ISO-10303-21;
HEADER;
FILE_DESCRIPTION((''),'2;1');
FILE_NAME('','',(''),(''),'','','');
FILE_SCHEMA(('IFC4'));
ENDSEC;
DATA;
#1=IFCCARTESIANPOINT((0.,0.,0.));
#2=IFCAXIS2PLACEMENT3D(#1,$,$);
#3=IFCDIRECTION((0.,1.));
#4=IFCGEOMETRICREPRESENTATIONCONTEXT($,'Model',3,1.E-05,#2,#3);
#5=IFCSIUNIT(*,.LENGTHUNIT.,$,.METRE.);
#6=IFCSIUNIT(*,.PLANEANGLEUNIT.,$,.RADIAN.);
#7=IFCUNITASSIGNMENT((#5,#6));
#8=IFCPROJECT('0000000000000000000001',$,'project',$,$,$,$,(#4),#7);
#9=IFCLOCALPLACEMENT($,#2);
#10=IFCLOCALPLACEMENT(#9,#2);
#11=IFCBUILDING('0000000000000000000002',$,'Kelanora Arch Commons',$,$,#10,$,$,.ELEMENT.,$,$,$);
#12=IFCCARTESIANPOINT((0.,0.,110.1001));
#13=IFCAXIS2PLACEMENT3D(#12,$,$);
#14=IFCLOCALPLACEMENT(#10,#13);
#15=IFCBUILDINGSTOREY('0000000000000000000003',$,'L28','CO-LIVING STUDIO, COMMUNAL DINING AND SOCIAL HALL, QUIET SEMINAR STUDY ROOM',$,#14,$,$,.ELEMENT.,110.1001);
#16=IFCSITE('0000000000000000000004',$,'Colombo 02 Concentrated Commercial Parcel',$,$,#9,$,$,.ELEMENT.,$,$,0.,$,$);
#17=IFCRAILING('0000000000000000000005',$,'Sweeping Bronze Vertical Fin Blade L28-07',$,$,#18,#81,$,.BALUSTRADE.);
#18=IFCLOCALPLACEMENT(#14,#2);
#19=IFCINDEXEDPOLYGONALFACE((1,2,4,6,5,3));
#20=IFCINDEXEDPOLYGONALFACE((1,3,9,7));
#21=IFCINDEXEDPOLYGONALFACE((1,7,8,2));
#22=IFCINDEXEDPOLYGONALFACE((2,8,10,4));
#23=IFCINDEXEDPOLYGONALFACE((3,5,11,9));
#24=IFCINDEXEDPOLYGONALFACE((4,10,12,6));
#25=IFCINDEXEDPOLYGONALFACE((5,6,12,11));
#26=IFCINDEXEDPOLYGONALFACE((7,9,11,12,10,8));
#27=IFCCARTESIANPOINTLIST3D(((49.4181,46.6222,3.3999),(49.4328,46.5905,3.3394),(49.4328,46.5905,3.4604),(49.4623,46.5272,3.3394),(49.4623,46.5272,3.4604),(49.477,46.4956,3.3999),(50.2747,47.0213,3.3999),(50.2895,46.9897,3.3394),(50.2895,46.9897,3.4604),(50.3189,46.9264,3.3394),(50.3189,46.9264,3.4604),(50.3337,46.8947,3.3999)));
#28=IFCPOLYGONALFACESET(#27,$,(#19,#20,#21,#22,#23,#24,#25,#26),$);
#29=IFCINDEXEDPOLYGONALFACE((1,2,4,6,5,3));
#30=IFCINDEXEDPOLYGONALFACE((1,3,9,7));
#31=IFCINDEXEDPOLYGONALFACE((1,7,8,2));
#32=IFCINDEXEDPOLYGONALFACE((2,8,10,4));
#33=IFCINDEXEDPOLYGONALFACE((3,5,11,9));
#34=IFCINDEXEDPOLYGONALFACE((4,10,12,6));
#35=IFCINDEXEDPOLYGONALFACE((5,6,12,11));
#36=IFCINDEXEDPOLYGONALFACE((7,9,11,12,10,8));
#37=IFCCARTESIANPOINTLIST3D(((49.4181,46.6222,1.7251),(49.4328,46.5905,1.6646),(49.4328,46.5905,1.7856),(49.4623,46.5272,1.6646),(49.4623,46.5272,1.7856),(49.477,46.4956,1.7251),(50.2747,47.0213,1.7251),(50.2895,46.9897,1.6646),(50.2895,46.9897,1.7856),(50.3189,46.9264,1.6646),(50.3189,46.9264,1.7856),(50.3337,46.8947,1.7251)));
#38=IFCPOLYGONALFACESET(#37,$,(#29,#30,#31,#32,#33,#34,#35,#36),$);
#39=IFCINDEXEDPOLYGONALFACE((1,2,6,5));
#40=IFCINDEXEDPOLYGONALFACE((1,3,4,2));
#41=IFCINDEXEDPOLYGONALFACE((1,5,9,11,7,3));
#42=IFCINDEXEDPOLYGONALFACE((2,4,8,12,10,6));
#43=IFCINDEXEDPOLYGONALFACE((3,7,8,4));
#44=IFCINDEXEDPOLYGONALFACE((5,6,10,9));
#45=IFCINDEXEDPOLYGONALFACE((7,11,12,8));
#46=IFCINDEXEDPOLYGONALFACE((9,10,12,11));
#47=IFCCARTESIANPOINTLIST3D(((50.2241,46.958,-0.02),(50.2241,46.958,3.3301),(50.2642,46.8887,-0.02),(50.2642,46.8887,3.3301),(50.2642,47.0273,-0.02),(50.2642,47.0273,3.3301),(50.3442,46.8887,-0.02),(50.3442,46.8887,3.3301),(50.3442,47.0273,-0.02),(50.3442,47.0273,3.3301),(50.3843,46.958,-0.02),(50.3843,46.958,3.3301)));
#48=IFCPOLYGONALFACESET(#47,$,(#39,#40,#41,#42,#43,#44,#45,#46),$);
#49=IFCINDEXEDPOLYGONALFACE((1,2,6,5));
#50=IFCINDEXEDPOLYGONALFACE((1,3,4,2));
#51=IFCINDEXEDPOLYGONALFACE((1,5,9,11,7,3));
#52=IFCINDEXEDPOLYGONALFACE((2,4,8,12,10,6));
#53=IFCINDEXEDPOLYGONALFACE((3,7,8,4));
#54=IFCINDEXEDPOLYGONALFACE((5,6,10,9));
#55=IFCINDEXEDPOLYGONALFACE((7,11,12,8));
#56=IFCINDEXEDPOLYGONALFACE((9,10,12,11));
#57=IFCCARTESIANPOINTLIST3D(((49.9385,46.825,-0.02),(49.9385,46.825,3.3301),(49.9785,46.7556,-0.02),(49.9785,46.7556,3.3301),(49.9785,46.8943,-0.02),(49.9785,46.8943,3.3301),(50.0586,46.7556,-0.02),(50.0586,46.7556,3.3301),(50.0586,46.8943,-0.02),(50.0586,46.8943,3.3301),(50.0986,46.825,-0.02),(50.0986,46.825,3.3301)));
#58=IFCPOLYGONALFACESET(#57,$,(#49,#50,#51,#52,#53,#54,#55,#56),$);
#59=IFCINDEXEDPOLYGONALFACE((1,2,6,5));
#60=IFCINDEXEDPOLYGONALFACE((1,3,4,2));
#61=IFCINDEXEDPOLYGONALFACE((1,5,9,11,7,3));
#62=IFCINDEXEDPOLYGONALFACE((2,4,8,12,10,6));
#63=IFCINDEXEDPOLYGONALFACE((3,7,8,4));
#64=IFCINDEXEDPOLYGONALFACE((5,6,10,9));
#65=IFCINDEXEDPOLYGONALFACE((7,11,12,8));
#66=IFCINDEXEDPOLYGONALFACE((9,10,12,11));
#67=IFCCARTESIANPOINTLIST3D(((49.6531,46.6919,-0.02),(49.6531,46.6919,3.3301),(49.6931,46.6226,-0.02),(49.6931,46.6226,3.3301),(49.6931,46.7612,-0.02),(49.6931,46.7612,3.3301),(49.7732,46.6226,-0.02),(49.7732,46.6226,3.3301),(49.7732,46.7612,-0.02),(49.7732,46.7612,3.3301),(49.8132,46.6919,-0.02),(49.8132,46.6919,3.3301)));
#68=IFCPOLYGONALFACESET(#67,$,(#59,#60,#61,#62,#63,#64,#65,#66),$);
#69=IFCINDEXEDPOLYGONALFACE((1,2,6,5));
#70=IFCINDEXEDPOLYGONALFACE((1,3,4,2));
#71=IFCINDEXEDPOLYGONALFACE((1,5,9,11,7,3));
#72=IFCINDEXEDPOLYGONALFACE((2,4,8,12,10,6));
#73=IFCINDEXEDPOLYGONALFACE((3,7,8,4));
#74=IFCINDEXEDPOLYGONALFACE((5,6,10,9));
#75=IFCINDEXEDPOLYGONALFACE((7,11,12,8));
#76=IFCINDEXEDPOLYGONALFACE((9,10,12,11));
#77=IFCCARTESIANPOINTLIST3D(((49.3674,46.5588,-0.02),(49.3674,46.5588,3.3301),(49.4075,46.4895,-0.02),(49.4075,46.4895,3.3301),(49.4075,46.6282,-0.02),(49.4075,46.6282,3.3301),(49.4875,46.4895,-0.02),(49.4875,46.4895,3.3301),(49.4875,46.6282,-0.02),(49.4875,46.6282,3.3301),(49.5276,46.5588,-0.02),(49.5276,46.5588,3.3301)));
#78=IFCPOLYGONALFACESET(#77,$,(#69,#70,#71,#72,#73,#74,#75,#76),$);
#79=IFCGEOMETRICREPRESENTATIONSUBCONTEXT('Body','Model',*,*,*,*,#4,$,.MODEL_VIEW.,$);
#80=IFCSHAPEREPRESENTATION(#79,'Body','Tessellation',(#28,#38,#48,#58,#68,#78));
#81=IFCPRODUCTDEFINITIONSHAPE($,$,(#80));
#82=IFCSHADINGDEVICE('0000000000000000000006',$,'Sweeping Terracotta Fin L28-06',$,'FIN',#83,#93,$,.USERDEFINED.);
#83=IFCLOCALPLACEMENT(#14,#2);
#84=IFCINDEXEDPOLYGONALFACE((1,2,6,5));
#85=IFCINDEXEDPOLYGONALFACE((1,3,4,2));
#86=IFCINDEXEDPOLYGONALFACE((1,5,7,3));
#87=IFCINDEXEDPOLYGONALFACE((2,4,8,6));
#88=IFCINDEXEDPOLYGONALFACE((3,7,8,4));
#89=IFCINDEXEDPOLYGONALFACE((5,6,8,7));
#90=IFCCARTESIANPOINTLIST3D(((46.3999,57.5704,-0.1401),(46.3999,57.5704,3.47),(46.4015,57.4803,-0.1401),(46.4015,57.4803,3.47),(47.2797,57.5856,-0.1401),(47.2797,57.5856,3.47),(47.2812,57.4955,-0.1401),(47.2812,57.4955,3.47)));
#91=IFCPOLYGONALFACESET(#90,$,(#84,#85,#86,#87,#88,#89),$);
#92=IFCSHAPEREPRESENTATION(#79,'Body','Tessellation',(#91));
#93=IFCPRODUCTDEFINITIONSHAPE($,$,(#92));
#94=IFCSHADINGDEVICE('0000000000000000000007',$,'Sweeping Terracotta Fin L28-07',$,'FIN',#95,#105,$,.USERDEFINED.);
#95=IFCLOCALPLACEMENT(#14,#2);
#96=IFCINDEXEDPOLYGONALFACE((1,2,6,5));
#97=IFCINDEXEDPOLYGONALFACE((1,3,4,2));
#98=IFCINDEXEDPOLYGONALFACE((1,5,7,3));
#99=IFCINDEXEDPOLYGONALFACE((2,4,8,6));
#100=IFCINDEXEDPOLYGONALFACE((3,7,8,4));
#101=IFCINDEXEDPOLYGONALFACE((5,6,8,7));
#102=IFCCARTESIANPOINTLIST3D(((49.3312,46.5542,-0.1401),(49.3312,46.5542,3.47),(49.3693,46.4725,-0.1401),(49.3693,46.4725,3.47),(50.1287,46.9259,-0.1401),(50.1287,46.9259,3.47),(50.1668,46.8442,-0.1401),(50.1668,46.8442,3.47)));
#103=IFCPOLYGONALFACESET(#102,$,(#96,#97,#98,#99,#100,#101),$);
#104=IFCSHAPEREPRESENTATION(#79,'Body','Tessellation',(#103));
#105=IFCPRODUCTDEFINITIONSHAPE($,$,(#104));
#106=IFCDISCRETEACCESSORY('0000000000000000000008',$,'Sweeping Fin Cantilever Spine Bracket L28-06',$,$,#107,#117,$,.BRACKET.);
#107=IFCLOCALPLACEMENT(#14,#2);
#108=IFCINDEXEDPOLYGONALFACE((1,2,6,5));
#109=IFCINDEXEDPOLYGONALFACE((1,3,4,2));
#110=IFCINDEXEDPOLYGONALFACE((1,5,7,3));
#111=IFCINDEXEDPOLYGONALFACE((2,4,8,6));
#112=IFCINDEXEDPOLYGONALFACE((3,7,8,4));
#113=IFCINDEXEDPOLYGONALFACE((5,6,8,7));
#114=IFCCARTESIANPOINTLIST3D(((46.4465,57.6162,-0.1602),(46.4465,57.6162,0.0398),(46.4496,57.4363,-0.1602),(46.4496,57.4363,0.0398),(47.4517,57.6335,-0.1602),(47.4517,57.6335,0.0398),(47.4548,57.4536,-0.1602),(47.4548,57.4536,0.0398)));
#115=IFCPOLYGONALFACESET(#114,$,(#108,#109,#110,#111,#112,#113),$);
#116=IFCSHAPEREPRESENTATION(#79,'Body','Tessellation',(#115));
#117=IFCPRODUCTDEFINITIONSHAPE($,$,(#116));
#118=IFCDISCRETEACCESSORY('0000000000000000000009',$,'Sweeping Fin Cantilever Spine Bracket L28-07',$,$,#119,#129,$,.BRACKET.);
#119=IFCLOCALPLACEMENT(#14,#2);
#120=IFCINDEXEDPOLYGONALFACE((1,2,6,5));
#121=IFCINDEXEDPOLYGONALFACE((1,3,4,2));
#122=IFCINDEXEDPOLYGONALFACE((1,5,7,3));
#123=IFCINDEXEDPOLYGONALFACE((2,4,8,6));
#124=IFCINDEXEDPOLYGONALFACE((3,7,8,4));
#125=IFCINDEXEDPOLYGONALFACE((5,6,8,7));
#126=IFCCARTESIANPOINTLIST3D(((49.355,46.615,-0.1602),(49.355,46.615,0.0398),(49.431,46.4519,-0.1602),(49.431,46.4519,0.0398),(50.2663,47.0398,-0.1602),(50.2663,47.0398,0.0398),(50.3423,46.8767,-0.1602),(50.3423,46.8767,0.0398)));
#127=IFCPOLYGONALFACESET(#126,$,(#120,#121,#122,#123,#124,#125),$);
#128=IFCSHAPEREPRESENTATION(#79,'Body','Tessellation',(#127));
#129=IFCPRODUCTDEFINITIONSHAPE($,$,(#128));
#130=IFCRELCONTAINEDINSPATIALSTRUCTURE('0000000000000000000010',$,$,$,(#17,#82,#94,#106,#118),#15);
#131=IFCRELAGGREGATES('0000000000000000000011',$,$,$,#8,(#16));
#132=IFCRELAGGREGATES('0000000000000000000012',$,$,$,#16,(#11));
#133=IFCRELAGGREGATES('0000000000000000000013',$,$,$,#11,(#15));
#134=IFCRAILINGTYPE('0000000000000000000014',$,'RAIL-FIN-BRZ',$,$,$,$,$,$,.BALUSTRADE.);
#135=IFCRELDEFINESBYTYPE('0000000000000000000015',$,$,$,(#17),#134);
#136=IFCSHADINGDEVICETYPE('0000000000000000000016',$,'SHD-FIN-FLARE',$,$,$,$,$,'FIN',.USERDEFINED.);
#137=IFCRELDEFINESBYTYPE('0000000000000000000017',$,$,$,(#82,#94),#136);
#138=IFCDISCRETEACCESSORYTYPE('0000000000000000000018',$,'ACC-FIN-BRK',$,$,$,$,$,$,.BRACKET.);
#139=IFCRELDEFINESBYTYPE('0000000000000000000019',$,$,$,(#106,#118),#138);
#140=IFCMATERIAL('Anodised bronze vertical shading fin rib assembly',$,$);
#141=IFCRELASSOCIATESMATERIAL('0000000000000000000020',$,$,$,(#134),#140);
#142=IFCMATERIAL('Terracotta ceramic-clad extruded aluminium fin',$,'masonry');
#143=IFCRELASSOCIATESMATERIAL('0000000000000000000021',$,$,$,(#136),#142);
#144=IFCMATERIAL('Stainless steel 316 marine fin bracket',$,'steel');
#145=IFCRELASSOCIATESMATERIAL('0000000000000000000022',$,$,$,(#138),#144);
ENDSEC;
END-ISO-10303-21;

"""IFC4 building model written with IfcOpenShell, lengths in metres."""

from ifc_helpers import new_model, si_unit, direction, frame, origin, origin_2d, place, context, subcontext, project, spatial, polyline, rectangle, outline, extrude, source, transform, mapped, material, type_object, element, save


model = new_model("IFC4")

# Units and contexts
model_context = context("Model", 3, precision=1e-05, world=origin(), true_north=direction((0.0, 1.0)))
body_context = subcontext(model_context, "Body", "Model", "MODEL_VIEW")
ifc_project = project(units=[si_unit("LENGTHUNIT", "METRE"), si_unit("PLANEANGLEUNIT", "RADIAN")], contexts=[model_context])

# Site, building, storey
site_placement = place(None, origin())
site = spatial("IfcSite", under=ifc_project, at=site_placement, Name="Colombo 02 Concentrated Commercial Parcel", CompositionType="ELEMENT", RefElevation=0.0)
building_placement = place(site_placement, origin())
building = spatial("IfcBuilding", under=site, at=building_placement, Name="Kelanora Arch Commons", CompositionType="ELEMENT")
storey_placement = place(building_placement, frame((0.0, 0.0, 110.1001)))
storey = spatial("IfcBuildingStorey", under=building, at=storey_placement, Name="L28", Description="CO-LIVING STUDIO, COMMUNAL DINING AND SOCIAL HALL, QUIET SEMINAR STUDY ROOM", CompositionType="ELEMENT", Elevation=110.1001)

# Railing
ifc_material_1 = material(Name="Anodised bronze vertical shading fin rib assembly")
railing_type = type_object("IfcRailingType", Name="RAIL-FIN-BRZ", PredefinedType="BALUSTRADE", material=ifc_material_1)
railing_1_placement = place(storey_placement, frame((50.3042, 46.958, -0.02)))
element("IfcRailing", 1, at=railing_1_placement, inside=storey, type_object=railing_type, Name="Sweeping Bronze Vertical Fin Blade L28-07", PredefinedType="BALUSTRADE", context=body_context, shape_type="SweptSolid", body=[
    extrude(outline(polyline([(0.0698, 0.0), (0.0349, 0.0605), (-0.0349, 0.0605), (-0.0698, 0.0), (-0.0349, -0.0605), (0.0349, -0.0605), (0.0698, 0.0)])), frame((0.0, 0.0, 3.4199), z_axis=(-0.906434, -0.422348, 0.0), x_axis=(0.422348, -0.906434, 0.0)), (0.0, 0.0, 1.0), 0.9451),
    extrude(outline(polyline([(0.0698, 0.0), (0.0349, 0.0605), (-0.0349, 0.0605), (-0.0698, 0.0), (-0.0349, -0.0605), (0.0349, -0.0605), (0.0698, 0.0)])), frame((0.0, 0.0, 1.7451), z_axis=(-0.906434, -0.422348, 0.0), x_axis=(0.422348, -0.906434, 0.0)), (0.0, 0.0, 1.0), 0.9451),
    extrude(outline(polyline([(0.0801, 0.0), (0.04, 0.0693), (-0.04, 0.0693), (-0.0801, 0.0), (-0.04, -0.0693), (0.04, -0.0693), (0.0801, 0.0)])), origin(), (0.0, 0.0, 1.0), 3.3501),
    extrude(outline(polyline([(0.0801, 0.0), (0.04, 0.0693), (-0.04, 0.0693), (-0.0801, 0.0), (-0.04, -0.0693), (0.04, -0.0693), (0.0801, 0.0)])), frame((-0.2856, -0.1331, 0.0)), (0.0, 0.0, 1.0), 3.3501),
    extrude(outline(polyline([(0.0801, 0.0), (0.04, 0.0693), (-0.04, 0.0693), (-0.0801, 0.0), (-0.04, -0.0693), (0.04, -0.0693), (0.0801, 0.0)])), frame((-0.571, -0.2661, 0.0)), (0.0, 0.0, 1.0), 3.3501),
    extrude(outline(polyline([(0.0801, 0.0), (0.04, 0.0693), (-0.04, 0.0693), (-0.0801, 0.0), (-0.04, -0.0693), (0.04, -0.0693), (0.0801, 0.0)])), frame((-0.8567, -0.3992, 0.0)), (0.0, 0.0, 1.0), 3.3501),
])

# Shading devices
ifc_material_2 = material(Name="Terracotta ceramic-clad extruded aluminium fin", Category="masonry")
shading_device_type = type_object("IfcShadingDeviceType", Name="SHD-FIN-FLARE", ElementType="FIN", PredefinedType="USERDEFINED", material=ifc_material_2)
shared_shape_1 = source(origin(), body_context, "Body", "SweptSolid", [
    extrude(rectangle(XDim=0.8799, YDim=0.0901, at=origin_2d()), origin(), (0.0, 0.0, 1.0), 3.6101),
])
for number, where, z_axis, x_axis, name in (
    (2, (46.8406, 57.533, -0.1401), (0.0, 0.0, 1.0), (-0.999851, -0.017278, 0.0), "Sweeping Terracotta Fin L28-06"),
    (3, (49.749, 46.6992, -0.1401), (0.0, 0.0, 1.0), (-0.906382, -0.42246, 0.0), "Sweeping Terracotta Fin L28-07"),
):
    element("IfcShadingDevice", number, at=place(storey_placement, frame(where, z_axis=z_axis, x_axis=x_axis)), inside=storey, type_object=shading_device_type, Name=name, ObjectType="FIN", PredefinedType="USERDEFINED", context=body_context, shape_type="MappedRepresentation", body=[
        mapped(shared_shape_1, transform((0.0, 0.0, 0.0), scale=1.0)),
    ])

# Discrete accessories
ifc_material_3 = material(Name="Stainless steel 316 marine fin bracket", Category="steel")
discrete_accessory_type = type_object("IfcDiscreteAccessoryType", Name="ACC-FIN-BRK", PredefinedType="BRACKET", material=ifc_material_3)
shared_shape_2 = source(origin(), body_context, "Body", "SweptSolid", [
    extrude(rectangle(XDim=1.0054, YDim=0.1799, at=origin_2d()), origin(), (0.0, 0.0, 1.0), 0.2),
])
for number, where, z_axis, x_axis, name in (
    (4, (46.9507, 57.5349, -0.1602), (0.0, 0.0, 1.0), (-0.999851, -0.017278, 0.0), "Sweeping Fin Cantilever Spine Bracket L28-06"),
    (5, (49.8486, 46.7458, -0.1602), (0.0, 0.0, 1.0), (-0.906382, -0.42246, 0.0), "Sweeping Fin Cantilever Spine Bracket L28-07"),
):
    element("IfcDiscreteAccessory", number, at=place(storey_placement, frame(where, z_axis=z_axis, x_axis=x_axis)), inside=storey, type_object=discrete_accessory_type, Name=name, PredefinedType="BRACKET", context=body_context, shape_type="MappedRepresentation", body=[
        mapped(shared_shape_2, transform((0.0, 0.0, 0.0), scale=1.0)),
    ])

save(model, "model.ifc")
